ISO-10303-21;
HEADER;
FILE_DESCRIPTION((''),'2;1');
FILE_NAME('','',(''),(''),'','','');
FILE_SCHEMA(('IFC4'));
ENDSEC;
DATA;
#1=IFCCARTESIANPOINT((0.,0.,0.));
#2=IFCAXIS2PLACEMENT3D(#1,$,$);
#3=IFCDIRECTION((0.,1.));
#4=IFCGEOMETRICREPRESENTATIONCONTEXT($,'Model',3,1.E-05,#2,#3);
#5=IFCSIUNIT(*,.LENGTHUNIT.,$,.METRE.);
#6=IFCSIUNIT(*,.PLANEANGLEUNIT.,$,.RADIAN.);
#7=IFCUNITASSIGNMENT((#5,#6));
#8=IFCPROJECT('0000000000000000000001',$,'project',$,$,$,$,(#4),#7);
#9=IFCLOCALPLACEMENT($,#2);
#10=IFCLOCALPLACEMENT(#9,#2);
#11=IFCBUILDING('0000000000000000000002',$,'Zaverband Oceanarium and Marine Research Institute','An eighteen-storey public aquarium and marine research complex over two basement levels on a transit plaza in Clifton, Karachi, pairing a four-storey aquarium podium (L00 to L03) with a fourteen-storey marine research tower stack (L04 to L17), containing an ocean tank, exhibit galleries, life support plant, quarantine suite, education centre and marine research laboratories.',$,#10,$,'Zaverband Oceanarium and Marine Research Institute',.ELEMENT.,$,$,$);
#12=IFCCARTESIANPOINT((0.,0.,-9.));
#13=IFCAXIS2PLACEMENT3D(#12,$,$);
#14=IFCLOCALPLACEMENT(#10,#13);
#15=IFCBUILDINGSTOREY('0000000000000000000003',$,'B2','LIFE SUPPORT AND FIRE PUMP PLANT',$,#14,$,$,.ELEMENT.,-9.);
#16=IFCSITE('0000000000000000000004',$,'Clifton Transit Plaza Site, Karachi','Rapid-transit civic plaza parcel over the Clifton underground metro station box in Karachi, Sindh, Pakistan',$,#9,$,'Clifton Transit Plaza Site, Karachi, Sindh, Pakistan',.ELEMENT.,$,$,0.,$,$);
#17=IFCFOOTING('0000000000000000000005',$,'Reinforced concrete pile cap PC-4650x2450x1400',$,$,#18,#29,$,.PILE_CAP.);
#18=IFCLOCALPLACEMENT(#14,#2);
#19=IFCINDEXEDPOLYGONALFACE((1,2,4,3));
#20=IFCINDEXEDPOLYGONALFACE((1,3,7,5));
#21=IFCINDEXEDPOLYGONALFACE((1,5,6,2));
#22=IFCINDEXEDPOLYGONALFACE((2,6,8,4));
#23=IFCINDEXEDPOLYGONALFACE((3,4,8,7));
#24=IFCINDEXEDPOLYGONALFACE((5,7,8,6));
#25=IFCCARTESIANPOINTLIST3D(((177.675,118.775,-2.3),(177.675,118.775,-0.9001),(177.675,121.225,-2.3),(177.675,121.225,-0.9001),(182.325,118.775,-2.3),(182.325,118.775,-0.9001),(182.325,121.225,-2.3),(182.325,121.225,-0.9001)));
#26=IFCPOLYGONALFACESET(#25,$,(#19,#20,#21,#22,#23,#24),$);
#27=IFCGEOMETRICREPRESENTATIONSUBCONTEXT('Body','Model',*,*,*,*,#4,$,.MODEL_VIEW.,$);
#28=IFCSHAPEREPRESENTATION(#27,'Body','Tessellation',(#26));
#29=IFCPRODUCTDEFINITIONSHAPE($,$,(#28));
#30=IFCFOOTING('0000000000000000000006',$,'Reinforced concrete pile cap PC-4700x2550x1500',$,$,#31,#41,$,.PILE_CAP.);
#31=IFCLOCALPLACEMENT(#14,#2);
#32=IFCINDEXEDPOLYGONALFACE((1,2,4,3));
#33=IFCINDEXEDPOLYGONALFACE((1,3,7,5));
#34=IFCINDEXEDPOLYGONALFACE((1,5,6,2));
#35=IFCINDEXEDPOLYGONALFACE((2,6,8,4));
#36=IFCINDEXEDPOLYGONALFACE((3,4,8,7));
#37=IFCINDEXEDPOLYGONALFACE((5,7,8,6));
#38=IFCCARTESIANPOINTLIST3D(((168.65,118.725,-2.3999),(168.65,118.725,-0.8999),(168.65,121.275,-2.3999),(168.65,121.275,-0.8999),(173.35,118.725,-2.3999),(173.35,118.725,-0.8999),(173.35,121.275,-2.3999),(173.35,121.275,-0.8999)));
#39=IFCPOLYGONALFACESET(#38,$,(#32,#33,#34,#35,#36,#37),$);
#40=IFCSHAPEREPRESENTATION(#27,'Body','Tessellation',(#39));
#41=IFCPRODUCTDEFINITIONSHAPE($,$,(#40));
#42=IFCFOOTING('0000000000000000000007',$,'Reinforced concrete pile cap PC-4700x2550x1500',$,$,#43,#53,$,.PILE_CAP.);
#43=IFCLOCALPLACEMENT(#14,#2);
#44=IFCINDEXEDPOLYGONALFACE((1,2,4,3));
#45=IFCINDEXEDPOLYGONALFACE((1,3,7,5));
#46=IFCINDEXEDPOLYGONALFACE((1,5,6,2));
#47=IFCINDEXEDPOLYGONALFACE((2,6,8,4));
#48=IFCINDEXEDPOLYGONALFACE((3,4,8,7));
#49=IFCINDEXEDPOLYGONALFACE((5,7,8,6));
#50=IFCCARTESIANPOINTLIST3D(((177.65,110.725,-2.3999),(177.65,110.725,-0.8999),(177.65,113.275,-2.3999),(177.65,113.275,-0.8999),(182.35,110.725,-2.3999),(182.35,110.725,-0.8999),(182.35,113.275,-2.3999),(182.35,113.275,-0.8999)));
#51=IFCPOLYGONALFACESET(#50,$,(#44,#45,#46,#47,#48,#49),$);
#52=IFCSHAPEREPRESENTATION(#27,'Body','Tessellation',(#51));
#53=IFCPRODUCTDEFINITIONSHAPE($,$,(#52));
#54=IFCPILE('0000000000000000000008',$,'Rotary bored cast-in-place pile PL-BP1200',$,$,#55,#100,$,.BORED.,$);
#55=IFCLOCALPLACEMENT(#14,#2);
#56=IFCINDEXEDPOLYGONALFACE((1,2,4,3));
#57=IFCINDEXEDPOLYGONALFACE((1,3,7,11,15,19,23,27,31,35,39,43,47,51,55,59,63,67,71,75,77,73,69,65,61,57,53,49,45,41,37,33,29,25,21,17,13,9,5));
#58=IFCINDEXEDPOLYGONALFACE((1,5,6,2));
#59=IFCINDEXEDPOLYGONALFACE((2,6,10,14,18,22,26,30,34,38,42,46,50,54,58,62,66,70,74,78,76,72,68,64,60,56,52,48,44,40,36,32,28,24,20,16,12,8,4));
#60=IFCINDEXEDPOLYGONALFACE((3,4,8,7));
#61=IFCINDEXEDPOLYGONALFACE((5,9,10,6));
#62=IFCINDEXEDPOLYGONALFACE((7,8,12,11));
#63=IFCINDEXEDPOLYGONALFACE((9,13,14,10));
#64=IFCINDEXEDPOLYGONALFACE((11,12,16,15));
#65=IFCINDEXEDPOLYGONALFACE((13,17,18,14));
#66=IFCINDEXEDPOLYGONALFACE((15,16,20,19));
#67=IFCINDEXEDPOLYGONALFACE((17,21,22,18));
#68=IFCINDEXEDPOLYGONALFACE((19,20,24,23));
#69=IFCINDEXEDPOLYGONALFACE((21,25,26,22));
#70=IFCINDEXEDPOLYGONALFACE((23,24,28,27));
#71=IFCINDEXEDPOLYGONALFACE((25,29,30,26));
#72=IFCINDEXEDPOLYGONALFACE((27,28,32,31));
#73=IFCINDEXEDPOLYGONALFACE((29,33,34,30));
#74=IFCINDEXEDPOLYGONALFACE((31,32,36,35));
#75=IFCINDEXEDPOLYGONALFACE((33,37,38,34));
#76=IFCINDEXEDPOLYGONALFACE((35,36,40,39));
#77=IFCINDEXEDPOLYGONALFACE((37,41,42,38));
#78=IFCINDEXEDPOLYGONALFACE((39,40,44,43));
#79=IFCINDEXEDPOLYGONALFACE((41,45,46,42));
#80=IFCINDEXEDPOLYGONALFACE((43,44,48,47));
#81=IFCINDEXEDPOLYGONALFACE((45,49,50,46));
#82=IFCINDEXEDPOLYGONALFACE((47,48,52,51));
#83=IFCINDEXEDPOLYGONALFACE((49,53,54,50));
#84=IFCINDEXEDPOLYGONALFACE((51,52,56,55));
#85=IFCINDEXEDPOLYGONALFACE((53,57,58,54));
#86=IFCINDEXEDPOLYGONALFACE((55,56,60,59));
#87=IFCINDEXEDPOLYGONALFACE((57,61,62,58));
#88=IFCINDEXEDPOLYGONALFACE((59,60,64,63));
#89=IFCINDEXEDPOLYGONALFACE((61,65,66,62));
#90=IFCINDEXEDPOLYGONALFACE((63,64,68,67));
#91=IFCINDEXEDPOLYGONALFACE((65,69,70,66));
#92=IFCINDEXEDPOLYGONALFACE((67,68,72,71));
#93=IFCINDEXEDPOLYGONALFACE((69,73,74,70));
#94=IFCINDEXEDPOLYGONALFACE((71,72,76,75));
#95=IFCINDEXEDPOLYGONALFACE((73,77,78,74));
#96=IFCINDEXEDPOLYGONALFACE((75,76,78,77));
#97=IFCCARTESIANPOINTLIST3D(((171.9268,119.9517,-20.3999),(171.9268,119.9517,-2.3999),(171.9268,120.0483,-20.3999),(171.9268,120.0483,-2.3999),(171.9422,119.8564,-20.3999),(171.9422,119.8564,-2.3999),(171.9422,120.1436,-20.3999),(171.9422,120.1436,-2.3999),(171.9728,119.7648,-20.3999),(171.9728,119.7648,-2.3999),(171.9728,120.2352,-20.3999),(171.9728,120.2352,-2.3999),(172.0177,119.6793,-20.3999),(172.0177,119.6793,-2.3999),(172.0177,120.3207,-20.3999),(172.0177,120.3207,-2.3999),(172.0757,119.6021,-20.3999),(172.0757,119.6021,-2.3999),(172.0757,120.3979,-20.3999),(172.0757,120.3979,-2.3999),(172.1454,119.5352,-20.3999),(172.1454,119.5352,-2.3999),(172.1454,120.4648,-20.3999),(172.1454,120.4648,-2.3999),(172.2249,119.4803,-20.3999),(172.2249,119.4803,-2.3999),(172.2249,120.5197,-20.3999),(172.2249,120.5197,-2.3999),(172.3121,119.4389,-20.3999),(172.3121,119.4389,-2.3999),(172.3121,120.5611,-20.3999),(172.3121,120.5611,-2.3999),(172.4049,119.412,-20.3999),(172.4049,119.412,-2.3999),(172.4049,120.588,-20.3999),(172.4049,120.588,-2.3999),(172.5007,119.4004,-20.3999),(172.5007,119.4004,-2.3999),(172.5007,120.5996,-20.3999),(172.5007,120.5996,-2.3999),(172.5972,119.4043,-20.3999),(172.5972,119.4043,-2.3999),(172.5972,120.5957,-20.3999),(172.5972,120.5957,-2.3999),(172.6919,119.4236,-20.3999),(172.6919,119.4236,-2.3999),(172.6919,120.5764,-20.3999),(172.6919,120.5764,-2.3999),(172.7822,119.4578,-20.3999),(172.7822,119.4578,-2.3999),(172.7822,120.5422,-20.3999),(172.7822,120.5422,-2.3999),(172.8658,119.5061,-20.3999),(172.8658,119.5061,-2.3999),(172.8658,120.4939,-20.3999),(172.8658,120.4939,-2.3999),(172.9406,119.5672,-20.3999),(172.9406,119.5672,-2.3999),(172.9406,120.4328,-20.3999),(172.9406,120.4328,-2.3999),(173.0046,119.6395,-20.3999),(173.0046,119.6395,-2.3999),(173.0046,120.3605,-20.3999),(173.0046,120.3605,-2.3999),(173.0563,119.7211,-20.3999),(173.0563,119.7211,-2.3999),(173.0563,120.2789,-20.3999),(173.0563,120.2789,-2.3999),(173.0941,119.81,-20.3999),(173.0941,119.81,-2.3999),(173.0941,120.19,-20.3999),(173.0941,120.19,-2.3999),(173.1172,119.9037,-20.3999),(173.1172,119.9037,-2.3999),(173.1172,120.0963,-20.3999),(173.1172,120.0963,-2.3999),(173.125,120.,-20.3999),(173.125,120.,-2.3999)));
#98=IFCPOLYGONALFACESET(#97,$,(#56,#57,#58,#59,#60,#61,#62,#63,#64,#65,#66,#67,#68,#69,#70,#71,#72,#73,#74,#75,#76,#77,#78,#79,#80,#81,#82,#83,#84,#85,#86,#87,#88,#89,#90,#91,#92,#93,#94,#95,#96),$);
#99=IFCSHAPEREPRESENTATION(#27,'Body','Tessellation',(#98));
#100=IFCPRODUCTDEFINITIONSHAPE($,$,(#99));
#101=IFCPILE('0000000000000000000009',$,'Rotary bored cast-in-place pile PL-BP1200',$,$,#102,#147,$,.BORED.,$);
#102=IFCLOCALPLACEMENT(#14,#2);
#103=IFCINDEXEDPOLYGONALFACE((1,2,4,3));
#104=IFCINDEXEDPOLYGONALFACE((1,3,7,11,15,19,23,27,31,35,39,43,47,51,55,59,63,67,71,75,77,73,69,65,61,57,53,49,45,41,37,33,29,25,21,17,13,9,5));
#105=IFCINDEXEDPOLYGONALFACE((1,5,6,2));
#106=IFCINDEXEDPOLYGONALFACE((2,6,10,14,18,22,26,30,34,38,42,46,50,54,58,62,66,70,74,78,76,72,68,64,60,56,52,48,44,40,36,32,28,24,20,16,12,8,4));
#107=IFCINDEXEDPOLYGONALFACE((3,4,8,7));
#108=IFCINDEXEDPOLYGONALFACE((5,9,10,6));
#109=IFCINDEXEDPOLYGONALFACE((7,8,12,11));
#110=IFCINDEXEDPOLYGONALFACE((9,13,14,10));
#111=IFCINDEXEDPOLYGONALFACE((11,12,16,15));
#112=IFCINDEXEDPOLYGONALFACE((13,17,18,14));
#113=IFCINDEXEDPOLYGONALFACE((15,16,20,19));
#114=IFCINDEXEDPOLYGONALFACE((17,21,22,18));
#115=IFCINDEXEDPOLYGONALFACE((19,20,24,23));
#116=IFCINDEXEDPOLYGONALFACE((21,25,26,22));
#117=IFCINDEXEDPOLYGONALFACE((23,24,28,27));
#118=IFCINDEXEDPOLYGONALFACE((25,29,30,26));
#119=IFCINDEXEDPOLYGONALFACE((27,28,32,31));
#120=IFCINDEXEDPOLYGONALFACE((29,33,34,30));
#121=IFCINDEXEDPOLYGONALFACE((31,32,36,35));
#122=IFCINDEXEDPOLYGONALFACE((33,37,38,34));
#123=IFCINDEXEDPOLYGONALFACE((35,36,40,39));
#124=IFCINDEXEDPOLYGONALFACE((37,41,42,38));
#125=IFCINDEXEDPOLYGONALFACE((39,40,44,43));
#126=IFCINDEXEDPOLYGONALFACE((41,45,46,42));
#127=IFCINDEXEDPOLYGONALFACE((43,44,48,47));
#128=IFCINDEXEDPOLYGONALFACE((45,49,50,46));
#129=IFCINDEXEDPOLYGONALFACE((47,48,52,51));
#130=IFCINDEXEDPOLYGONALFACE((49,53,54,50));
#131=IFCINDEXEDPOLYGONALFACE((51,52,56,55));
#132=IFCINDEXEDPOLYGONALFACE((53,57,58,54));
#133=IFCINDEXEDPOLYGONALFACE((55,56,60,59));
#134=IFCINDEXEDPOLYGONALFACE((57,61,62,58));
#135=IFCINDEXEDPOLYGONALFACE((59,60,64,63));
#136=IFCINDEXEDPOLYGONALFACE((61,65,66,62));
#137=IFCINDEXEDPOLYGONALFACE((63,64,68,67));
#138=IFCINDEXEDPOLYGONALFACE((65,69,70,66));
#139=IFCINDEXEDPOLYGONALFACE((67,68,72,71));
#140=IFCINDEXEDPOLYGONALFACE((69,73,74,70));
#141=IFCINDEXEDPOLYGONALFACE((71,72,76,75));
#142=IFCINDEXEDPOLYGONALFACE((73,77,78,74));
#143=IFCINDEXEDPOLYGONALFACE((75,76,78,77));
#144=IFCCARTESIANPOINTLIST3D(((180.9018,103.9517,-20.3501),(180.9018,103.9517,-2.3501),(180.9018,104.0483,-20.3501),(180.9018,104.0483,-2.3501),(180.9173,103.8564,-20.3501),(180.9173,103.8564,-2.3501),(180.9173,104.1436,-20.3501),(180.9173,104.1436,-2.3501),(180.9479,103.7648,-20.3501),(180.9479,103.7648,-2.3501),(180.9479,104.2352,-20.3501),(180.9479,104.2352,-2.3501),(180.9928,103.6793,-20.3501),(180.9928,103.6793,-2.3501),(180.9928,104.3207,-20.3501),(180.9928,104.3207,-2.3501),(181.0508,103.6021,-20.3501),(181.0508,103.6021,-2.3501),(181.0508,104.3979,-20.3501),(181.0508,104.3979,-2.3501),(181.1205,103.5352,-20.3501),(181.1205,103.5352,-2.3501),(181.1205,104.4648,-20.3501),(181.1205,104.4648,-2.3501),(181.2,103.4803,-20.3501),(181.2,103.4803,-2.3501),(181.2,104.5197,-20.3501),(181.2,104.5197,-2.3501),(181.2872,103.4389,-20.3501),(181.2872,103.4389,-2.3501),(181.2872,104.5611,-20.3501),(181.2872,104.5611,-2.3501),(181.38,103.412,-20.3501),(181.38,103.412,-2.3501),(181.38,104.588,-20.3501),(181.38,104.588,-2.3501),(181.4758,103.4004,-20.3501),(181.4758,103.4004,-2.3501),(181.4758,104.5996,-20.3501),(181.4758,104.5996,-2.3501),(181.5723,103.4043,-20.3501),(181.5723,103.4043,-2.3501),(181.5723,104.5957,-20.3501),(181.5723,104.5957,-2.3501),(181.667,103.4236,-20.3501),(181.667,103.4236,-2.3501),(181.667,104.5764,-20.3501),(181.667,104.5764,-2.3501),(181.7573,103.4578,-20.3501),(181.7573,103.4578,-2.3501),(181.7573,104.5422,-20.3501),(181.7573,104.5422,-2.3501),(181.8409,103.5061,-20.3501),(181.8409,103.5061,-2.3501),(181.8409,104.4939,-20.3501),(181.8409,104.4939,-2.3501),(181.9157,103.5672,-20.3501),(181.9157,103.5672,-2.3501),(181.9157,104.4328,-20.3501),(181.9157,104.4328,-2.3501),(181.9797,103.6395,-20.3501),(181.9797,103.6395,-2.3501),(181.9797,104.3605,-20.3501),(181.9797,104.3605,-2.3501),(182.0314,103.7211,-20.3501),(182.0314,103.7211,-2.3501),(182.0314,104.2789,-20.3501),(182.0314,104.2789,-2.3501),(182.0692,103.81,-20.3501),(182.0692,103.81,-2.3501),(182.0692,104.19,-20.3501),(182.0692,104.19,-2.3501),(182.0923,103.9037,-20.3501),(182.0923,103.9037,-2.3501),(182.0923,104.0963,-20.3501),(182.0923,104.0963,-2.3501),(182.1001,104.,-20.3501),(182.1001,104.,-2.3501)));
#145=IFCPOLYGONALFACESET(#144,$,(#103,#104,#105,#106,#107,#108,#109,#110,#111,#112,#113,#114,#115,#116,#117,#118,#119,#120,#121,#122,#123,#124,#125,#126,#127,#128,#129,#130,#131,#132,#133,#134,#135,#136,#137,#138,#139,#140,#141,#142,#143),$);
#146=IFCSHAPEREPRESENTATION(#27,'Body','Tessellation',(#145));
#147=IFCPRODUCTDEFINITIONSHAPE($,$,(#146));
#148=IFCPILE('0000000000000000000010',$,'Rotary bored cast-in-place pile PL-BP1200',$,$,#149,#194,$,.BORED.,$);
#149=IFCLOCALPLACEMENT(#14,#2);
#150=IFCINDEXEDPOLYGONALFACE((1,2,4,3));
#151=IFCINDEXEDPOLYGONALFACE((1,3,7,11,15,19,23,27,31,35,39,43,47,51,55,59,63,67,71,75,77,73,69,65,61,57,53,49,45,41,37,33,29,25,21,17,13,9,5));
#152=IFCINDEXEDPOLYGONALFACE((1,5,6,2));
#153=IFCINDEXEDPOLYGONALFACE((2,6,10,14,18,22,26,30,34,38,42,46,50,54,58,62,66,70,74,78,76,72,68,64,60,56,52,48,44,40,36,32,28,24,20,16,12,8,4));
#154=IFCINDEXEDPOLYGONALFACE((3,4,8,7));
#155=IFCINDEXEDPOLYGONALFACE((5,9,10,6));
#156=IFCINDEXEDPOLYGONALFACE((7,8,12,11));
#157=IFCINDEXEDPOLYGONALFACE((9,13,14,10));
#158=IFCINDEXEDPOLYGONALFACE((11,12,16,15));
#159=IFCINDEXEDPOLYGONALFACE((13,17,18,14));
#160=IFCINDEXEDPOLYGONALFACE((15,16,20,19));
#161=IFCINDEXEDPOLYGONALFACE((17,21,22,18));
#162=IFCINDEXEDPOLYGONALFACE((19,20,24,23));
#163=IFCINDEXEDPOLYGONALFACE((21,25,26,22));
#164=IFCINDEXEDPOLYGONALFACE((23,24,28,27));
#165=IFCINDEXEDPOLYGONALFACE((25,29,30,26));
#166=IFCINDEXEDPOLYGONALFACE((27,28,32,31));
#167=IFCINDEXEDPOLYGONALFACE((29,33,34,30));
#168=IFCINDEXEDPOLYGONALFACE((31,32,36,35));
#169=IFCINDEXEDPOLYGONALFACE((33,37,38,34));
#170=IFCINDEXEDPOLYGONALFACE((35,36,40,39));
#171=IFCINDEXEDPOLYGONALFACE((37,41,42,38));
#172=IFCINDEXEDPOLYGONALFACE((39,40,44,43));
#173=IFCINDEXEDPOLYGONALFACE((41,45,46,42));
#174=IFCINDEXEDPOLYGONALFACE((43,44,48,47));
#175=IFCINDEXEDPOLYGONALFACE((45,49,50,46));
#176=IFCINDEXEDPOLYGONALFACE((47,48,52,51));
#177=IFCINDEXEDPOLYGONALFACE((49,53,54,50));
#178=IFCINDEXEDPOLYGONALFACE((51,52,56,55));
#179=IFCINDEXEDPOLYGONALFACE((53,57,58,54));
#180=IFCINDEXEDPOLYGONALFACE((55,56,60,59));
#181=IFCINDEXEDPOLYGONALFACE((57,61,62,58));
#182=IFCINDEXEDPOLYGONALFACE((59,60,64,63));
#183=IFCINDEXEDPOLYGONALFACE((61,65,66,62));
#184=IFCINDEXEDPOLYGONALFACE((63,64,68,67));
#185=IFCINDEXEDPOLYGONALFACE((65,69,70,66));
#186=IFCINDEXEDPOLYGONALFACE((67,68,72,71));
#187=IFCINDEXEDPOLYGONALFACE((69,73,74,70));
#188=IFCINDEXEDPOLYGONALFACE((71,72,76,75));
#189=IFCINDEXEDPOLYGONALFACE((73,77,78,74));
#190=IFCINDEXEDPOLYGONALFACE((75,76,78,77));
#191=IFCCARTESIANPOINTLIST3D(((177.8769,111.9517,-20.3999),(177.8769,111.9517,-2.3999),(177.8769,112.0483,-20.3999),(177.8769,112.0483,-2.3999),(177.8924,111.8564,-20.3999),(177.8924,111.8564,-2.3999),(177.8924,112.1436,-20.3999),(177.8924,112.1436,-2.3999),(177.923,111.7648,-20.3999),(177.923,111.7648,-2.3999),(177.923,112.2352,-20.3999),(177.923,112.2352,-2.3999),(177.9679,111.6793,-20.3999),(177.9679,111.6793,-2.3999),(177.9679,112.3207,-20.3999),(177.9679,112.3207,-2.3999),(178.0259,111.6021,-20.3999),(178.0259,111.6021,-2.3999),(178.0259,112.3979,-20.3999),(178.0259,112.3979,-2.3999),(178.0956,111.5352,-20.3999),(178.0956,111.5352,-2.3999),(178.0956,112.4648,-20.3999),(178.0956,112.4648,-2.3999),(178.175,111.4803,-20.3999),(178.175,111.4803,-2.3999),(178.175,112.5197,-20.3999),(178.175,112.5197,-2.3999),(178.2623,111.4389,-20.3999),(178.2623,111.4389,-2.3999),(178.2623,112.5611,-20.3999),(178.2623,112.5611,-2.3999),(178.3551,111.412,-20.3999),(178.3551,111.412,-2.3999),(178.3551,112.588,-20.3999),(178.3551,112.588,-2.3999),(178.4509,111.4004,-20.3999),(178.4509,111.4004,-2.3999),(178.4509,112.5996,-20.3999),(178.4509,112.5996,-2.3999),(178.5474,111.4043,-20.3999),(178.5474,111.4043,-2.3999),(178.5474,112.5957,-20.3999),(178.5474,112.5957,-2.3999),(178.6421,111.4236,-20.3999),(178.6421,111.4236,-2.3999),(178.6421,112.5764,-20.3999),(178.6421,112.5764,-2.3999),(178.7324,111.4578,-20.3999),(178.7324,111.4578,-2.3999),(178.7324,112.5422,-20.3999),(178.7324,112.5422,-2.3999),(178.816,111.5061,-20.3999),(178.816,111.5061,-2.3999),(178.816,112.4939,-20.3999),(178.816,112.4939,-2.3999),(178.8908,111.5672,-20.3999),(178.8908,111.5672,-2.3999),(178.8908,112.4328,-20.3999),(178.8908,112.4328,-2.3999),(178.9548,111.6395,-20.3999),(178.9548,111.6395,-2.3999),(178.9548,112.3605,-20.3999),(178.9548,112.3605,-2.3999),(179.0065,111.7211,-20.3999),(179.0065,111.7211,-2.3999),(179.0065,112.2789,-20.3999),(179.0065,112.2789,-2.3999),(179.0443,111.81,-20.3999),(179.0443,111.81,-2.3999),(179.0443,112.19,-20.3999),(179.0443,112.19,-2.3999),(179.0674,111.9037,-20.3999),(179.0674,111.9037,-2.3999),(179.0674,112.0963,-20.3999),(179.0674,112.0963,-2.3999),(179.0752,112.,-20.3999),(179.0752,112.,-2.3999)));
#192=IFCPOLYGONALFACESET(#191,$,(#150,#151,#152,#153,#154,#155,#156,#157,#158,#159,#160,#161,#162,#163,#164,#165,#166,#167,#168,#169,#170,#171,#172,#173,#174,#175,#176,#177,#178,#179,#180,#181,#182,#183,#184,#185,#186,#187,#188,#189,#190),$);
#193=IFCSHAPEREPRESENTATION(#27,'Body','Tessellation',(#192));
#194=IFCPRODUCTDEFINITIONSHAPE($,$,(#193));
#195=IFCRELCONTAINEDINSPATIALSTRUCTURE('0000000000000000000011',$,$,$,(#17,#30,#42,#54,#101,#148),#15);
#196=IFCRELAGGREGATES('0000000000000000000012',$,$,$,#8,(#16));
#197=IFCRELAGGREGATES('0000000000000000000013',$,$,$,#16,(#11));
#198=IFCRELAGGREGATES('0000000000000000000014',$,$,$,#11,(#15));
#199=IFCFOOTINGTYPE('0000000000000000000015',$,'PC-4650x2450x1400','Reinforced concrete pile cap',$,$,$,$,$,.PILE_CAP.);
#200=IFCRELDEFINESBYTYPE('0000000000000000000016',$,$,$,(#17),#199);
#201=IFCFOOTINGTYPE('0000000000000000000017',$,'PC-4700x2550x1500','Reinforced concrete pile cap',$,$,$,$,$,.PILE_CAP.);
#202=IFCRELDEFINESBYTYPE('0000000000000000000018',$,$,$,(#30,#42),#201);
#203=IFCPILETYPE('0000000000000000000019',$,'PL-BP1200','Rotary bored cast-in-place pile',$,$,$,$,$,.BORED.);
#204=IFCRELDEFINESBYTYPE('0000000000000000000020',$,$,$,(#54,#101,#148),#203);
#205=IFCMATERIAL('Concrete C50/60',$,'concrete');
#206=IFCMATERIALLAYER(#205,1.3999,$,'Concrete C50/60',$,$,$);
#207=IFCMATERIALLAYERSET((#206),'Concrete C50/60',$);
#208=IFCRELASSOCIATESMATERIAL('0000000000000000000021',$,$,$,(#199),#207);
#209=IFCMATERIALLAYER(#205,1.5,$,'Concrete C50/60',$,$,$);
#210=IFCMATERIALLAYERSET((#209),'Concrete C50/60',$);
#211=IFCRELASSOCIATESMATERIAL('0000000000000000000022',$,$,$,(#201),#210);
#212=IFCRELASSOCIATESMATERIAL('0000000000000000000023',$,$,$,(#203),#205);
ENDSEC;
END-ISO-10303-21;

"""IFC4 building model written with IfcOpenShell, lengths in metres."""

from ifc_helpers import new_model, si_unit, direction, frame, origin, origin_2d, place, context, subcontext, project, spatial, rectangle, circle, extrude, material, layer, layer_set, material_profile, profile_set, type_object, element, save


model = new_model("IFC4")

# Units and contexts
model_context = context("Model", 3, precision=1e-05, world=origin(), true_north=direction((0.0, 1.0)))
body_context = subcontext(model_context, "Body", "Model", "MODEL_VIEW")
ifc_project = project(units=[si_unit("LENGTHUNIT", "METRE"), si_unit("PLANEANGLEUNIT", "RADIAN")], contexts=[model_context])

# Site, building, storey
site_placement = place(None, origin())
site = spatial("IfcSite", under=ifc_project, at=site_placement, Name="Clifton Transit Plaza Site, Karachi", Description="Rapid-transit civic plaza parcel over the Clifton underground metro station box in Karachi, Sindh, Pakistan", LongName="Clifton Transit Plaza Site, Karachi, Sindh, Pakistan", CompositionType="ELEMENT", RefElevation=0.0)
building_placement = place(site_placement, origin())
building = spatial("IfcBuilding", under=site, at=building_placement, Name="Zaverband Oceanarium and Marine Research Institute", Description="An eighteen-storey public aquarium and marine research complex over two basement levels on a transit plaza in Clifton, Karachi, pairing a four-storey aquarium podium (L00 to L03) with a fourteen-storey marine research tower stack (L04 to L17), containing an ocean tank, exhibit galleries, life support plant, quarantine suite, education centre and marine research laboratories.", LongName="Zaverband Oceanarium and Marine Research Institute", CompositionType="ELEMENT")
storey_placement = place(building_placement, frame((0.0, 0.0, -9.0)))
storey = spatial("IfcBuildingStorey", under=building, at=storey_placement, Name="B2", Description="LIFE SUPPORT AND FIRE PUMP PLANT", CompositionType="ELEMENT", Elevation=-9.0)

# Footings
ifc_material_1 = material(Name="Concrete C50/60", Category="concrete")
ifc_layer_1 = layer(ifc_material_1, 1.3999, Name="Concrete C50/60")
ifc_layer_set_1 = layer_set([ifc_layer_1], Name="Concrete C50/60")
footing_type_1 = type_object("IfcFootingType", Name="PC-4650x2450x1400", Description="Reinforced concrete pile cap", PredefinedType="PILE_CAP", material=ifc_layer_set_1)
footing_placement = place(storey_placement, frame((180.0, 120.0, -2.3), z_axis=(0.0, 0.0, 1.0), x_axis=(1.0, 0.0, 0.0)))
element("IfcFooting", 1, at=footing_placement, inside=storey, type_object=footing_type_1, Name="Reinforced concrete pile cap PC-4650x2450x1400", PredefinedType="PILE_CAP", context=body_context, shape_type="SweptSolid", body=[
    extrude(rectangle(XDim=4.6499, YDim=2.45, at=origin_2d()), origin(), (0.0, 0.0, 1.0), 1.3999),
])
ifc_layer_2 = layer(ifc_material_1, 1.5, Name="Concrete C50/60")
ifc_layer_set_2 = layer_set([ifc_layer_2], Name="Concrete C50/60")
footing_type_2 = type_object("IfcFootingType", Name="PC-4700x2550x1500", Description="Reinforced concrete pile cap", PredefinedType="PILE_CAP", material=ifc_layer_set_2)
for number, where, z_axis, x_axis, name in (
    (2, (171.0, 120.0, -2.3999), (0.0, 0.0, 1.0), (1.0, 0.0, 0.0), "Reinforced concrete pile cap PC-4700x2550x1500"),
    (3, (180.0, 112.0, -2.3999), (0.0, 0.0, 1.0), (1.0, 0.0, 0.0), "Reinforced concrete pile cap PC-4700x2550x1500"),
):
    element("IfcFooting", number, at=place(storey_placement, frame(where, z_axis=z_axis, x_axis=x_axis)), inside=storey, type_object=footing_type_2, Name=name, PredefinedType="PILE_CAP", context=body_context, shape_type="SweptSolid", body=[
        extrude(rectangle(XDim=4.7, YDim=2.55, at=origin_2d()), origin(), (0.0, 0.0, 1.0), 1.5),
    ])

# Piles
ifc_material_profile_1 = material_profile(ifc_material_1, circle(Radius=0.6001, at=origin_2d()), Name="BP1200")
ifc_profile_set_1 = profile_set([ifc_material_profile_1], Name="Concrete C50/60")
pile_type = type_object("IfcPileType", Name="PL-BP1200", Description="Rotary bored cast-in-place pile", PredefinedType="BORED", material=ifc_profile_set_1)
for number, where, z_axis, x_axis, name in (
    (4, (172.5249, 120.0, -2.3999), (0.0, 0.0, -1.0), (1.0, 0.0, 0.0), "Rotary bored cast-in-place pile PL-BP1200"),
    (5, (181.5, 104.0, -2.3501), (0.0, 0.0, -1.0), (1.0, 0.0, 0.0), "Rotary bored cast-in-place pile PL-BP1200"),
    (6, (178.4751, 112.0, -2.3999), (0.0, 0.0, -1.0), (1.0, 0.0, 0.0), "Rotary bored cast-in-place pile PL-BP1200"),
):
    element("IfcPile", number, at=place(storey_placement, frame(where, z_axis=z_axis, x_axis=x_axis)), inside=storey, type_object=pile_type, Name=name, PredefinedType="BORED", context=body_context, shape_type="SweptSolid", body=[
        extrude(circle(Radius=0.6001, at=origin_2d()), origin(), (0.0, 0.0, 1.0), 18.0),
    ])

save(model, "model.ifc")
